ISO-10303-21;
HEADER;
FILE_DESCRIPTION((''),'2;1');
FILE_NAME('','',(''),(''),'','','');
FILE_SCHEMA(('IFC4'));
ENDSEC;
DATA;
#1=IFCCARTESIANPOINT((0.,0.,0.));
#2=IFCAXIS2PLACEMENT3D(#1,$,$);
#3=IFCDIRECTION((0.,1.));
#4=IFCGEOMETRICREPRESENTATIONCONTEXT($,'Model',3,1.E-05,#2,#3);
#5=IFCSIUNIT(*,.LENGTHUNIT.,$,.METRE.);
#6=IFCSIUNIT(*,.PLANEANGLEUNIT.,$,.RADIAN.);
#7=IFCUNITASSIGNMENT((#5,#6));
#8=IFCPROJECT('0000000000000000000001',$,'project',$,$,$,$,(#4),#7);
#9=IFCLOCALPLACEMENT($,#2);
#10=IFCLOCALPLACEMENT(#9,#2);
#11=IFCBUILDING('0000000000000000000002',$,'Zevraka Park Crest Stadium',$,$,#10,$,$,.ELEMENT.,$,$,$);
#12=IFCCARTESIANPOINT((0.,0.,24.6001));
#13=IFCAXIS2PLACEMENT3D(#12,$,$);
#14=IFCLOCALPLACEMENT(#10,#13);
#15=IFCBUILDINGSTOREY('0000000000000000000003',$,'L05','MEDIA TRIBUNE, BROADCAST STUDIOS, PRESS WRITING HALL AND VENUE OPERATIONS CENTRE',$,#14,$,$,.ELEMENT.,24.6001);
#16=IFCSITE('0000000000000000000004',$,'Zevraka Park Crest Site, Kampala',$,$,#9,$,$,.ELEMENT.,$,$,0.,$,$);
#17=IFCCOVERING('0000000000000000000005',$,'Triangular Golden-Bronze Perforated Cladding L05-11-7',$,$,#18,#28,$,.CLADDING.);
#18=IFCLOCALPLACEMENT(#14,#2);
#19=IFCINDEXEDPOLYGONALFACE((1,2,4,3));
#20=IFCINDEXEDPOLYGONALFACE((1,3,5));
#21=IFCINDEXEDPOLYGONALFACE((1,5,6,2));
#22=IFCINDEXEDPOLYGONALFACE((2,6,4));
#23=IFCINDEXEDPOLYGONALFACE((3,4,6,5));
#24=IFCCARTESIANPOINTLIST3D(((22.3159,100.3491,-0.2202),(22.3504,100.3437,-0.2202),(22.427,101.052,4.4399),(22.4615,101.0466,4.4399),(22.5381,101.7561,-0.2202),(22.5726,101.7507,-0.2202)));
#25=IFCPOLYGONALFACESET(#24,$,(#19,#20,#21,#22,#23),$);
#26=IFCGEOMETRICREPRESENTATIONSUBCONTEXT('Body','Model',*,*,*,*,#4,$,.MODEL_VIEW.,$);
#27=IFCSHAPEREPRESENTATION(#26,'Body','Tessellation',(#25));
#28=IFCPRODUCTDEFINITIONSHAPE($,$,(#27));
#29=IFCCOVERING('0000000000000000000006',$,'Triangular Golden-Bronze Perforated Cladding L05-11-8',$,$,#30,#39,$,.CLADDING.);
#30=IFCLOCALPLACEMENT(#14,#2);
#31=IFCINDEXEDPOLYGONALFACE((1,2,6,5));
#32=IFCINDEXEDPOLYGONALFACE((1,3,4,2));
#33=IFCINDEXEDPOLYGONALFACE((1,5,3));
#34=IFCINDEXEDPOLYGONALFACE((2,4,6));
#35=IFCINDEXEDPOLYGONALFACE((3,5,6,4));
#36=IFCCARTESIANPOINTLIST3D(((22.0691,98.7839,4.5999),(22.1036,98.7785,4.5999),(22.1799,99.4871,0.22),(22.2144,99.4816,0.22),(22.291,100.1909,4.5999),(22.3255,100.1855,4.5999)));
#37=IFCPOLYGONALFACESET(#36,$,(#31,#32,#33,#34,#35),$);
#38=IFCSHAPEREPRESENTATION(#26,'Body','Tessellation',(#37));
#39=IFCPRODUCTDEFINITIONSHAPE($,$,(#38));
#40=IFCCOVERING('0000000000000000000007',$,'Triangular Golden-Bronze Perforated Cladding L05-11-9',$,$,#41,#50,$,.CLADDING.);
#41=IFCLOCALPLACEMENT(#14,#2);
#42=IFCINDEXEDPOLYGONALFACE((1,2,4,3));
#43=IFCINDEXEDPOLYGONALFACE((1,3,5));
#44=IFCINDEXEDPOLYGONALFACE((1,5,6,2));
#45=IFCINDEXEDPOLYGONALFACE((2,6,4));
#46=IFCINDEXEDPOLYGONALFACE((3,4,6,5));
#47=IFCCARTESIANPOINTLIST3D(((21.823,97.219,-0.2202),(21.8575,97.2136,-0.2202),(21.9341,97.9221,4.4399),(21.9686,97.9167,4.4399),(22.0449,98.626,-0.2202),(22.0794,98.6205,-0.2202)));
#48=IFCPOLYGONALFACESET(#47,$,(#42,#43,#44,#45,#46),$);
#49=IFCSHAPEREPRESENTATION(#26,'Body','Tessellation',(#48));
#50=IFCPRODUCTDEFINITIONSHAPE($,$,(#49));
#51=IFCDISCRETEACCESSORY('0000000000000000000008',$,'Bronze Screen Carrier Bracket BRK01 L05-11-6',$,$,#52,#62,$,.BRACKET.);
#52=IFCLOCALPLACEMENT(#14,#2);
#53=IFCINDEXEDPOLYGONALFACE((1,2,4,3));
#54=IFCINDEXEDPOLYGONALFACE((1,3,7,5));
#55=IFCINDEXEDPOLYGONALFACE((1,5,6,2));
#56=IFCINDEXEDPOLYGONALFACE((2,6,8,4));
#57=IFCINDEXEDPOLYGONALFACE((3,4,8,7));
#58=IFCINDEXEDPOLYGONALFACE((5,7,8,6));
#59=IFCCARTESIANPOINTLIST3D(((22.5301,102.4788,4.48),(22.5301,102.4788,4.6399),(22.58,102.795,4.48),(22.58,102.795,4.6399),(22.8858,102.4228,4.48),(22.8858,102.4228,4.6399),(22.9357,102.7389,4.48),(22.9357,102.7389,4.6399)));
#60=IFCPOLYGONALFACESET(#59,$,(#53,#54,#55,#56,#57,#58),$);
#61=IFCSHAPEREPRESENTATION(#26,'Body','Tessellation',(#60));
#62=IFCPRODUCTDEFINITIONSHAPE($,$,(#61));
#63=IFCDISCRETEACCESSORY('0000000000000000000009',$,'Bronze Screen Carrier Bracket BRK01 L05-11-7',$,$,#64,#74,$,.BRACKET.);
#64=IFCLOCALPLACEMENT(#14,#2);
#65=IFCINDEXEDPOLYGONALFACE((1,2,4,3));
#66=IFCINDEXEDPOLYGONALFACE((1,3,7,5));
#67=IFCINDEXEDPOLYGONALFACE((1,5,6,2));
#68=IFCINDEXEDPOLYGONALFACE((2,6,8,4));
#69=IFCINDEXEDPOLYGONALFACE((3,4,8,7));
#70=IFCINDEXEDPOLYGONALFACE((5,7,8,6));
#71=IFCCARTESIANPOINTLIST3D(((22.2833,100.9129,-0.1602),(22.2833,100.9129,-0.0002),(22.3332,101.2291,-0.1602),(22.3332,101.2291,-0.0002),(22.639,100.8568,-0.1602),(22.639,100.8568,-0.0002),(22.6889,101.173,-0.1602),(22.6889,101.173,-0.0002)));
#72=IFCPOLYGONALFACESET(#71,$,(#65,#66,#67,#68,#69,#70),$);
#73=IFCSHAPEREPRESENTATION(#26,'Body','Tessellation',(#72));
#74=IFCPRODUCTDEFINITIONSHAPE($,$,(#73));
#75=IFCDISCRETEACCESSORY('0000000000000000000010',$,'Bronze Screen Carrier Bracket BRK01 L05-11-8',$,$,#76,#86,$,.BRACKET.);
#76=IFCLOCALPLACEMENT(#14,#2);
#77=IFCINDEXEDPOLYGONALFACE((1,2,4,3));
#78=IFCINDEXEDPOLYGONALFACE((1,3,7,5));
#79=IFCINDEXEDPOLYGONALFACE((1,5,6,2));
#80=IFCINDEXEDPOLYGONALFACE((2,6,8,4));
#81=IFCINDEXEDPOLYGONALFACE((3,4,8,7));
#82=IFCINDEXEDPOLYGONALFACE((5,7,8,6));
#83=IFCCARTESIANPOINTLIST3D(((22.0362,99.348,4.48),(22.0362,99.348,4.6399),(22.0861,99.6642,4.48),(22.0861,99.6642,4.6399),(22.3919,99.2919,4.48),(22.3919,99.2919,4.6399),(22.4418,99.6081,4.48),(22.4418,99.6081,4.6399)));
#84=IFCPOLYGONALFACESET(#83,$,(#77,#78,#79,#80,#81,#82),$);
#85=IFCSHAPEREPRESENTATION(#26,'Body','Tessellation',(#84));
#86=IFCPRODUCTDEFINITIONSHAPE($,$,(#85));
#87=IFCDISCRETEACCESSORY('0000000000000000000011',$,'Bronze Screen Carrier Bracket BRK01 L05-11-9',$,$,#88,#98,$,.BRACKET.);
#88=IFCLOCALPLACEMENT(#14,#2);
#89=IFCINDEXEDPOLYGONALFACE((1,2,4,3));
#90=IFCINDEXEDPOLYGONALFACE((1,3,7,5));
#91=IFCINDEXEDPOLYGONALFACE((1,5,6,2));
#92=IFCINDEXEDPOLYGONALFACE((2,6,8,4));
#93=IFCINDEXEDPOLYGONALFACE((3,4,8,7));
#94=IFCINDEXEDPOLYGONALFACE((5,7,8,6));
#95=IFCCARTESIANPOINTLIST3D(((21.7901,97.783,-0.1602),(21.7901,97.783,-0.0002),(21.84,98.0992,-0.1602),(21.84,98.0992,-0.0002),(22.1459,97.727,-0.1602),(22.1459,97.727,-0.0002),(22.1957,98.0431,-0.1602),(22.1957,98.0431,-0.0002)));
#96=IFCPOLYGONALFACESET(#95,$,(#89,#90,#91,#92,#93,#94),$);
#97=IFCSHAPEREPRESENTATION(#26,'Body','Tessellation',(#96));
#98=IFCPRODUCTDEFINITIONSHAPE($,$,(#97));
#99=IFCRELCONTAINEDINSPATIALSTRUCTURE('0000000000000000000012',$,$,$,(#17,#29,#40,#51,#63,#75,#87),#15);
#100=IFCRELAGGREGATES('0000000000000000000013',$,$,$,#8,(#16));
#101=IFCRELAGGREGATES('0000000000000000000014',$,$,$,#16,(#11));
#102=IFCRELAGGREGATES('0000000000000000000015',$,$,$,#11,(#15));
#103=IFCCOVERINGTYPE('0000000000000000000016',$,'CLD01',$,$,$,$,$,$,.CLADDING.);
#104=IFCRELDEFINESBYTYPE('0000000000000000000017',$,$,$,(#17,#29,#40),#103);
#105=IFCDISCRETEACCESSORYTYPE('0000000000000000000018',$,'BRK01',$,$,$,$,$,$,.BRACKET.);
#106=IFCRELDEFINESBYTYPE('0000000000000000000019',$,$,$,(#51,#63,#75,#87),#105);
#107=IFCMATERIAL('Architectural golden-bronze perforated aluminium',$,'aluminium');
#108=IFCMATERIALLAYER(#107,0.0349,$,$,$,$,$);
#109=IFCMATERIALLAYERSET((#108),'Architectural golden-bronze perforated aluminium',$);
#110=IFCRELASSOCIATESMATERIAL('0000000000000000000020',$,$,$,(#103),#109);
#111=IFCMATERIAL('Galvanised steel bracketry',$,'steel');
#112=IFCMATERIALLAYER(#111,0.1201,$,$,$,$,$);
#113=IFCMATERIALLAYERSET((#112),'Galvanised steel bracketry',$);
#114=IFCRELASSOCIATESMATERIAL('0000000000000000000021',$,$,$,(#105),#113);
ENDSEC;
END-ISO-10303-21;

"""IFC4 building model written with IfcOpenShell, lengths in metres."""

from ifc_helpers import new_model, si_unit, direction, frame, origin, origin_2d, place, context, subcontext, project, spatial, polyline, rectangle, outline, extrude, material, layer, layer_set, type_object, element, save


model = new_model("IFC4")

# Units and contexts
model_context = context("Model", 3, precision=1e-05, world=origin(), true_north=direction((0.0, 1.0)))
body_context = subcontext(model_context, "Body", "Model", "MODEL_VIEW")
ifc_project = project(units=[si_unit("LENGTHUNIT", "METRE"), si_unit("PLANEANGLEUNIT", "RADIAN")], contexts=[model_context])

# Site, building, storey
site_placement = place(None, origin())
site = spatial("IfcSite", under=ifc_project, at=site_placement, Name="Zevraka Park Crest Site, Kampala", CompositionType="ELEMENT", RefElevation=0.0)
building_placement = place(site_placement, origin())
building = spatial("IfcBuilding", under=site, at=building_placement, Name="Zevraka Park Crest Stadium", CompositionType="ELEMENT")
storey_placement = place(building_placement, frame((0.0, 0.0, 24.6001)))
storey = spatial("IfcBuildingStorey", under=building, at=storey_placement, Name="L05", Description="MEDIA TRIBUNE, BROADCAST STUDIOS, PRESS WRITING HALL AND VENUE OPERATIONS CENTRE", CompositionType="ELEMENT", Elevation=24.6001)

# Coverings
ifc_material_1 = material(Name="Architectural golden-bronze perforated aluminium", Category="aluminium")
ifc_layer_1 = layer(ifc_material_1, 0.0349)
ifc_layer_set_1 = layer_set([ifc_layer_1], Name="Architectural golden-bronze perforated aluminium")
covering_type = type_object("IfcCoveringType", Name="CLD01", PredefinedType="CLADDING", material=ifc_layer_set_1)
covering_1_placement = place(storey_placement, frame((22.5381, 101.7561, -0.2202), z_axis=(-0.987762, 0.155971, 0.00002), x_axis=(-0.155971, -0.987762, 0.0)))
element("IfcCovering", 1, at=covering_1_placement, inside=storey, type_object=covering_type, Name="Triangular Golden-Bronze Perforated Cladding L05-11-7", PredefinedType="CLADDING", context=body_context, shape_type="SweptSolid", body=[
    extrude(outline(polyline([(0.0, 0.0), (1.4244, 0.0), (0.7128, 4.6602), (0.0, 0.0)])), origin(), (0.0, 0.0, -1.0), 0.0349),
])
covering_2_placement = place(storey_placement, frame((22.0691, 98.7839, 4.5999), z_axis=(-0.987788, 0.155804, 0.000015), x_axis=(0.155804, 0.987788, 0.0)))
element("IfcCovering", 2, at=covering_2_placement, inside=storey, type_object=covering_type, Name="Triangular Golden-Bronze Perforated Cladding L05-11-8", PredefinedType="CLADDING", context=body_context, shape_type="SweptSolid", body=[
    extrude(outline(polyline([(0.0, 0.0), (1.4244, 0.0), (0.7118, 4.3799), (0.0, 0.0)])), origin(), (0.0, 0.0, -1.0), 0.0349),
])
covering_3_placement = place(storey_placement, frame((22.0449, 98.626, -0.2202), z_axis=(-0.987788, 0.155804, 0.000038), x_axis=(-0.155804, -0.987788, 0.0)))
element("IfcCovering", 3, at=covering_3_placement, inside=storey, type_object=covering_type, Name="Triangular Golden-Bronze Perforated Cladding L05-11-9", PredefinedType="CLADDING", context=body_context, shape_type="SweptSolid", body=[
    extrude(outline(polyline([(0.0, 0.0), (1.4244, 0.0), (0.7125, 4.6602), (0.0, 0.0)])), origin(), (0.0, 0.0, -1.0), 0.0349),
])

# Discrete accessories
ifc_material_2 = material(Name="Galvanised steel bracketry", Category="steel")
ifc_layer_2 = layer(ifc_material_2, 0.1201)
ifc_layer_set_2 = layer_set([ifc_layer_2], Name="Galvanised steel bracketry")
discrete_accessory_type = type_object("IfcDiscreteAccessoryType", Name="BRK01", PredefinedType="BRACKET", material=ifc_layer_set_2)
for number, where, z_axis, x_axis, name in (
    (4, (22.7329, 102.6089, 4.48), (0.0, 0.0, 1.0), (-0.155745, -0.987797, 0.0), "Bronze Screen Carrier Bracket BRK01 L05-11-6"),
    (5, (22.4861, 101.043, -0.1602), (0.0, 0.0, 1.0), (-0.155745, -0.987797, 0.0), "Bronze Screen Carrier Bracket BRK01 L05-11-7"),
    (6, (22.239, 99.478, 4.48), (0.0, 0.0, 1.0), (-0.155745, -0.987797, 0.0), "Bronze Screen Carrier Bracket BRK01 L05-11-8"),
    (7, (21.9929, 97.9131, -0.1602), (0.0, 0.0, 1.0), (-0.155745, -0.987797, 0.0), "Bronze Screen Carrier Bracket BRK01 L05-11-9"),
):
    element("IfcDiscreteAccessory", number, at=place(storey_placement, frame(where, z_axis=z_axis, x_axis=x_axis)), inside=storey, type_object=discrete_accessory_type, Name=name, PredefinedType="BRACKET", context=body_context, shape_type="SweptSolid", body=[
        extrude(rectangle(XDim=0.3201, YDim=0.3601, at=origin_2d()), origin(), (0.0, 0.0, 1.0), 0.1599),
    ])

save(model, "model.ifc")
